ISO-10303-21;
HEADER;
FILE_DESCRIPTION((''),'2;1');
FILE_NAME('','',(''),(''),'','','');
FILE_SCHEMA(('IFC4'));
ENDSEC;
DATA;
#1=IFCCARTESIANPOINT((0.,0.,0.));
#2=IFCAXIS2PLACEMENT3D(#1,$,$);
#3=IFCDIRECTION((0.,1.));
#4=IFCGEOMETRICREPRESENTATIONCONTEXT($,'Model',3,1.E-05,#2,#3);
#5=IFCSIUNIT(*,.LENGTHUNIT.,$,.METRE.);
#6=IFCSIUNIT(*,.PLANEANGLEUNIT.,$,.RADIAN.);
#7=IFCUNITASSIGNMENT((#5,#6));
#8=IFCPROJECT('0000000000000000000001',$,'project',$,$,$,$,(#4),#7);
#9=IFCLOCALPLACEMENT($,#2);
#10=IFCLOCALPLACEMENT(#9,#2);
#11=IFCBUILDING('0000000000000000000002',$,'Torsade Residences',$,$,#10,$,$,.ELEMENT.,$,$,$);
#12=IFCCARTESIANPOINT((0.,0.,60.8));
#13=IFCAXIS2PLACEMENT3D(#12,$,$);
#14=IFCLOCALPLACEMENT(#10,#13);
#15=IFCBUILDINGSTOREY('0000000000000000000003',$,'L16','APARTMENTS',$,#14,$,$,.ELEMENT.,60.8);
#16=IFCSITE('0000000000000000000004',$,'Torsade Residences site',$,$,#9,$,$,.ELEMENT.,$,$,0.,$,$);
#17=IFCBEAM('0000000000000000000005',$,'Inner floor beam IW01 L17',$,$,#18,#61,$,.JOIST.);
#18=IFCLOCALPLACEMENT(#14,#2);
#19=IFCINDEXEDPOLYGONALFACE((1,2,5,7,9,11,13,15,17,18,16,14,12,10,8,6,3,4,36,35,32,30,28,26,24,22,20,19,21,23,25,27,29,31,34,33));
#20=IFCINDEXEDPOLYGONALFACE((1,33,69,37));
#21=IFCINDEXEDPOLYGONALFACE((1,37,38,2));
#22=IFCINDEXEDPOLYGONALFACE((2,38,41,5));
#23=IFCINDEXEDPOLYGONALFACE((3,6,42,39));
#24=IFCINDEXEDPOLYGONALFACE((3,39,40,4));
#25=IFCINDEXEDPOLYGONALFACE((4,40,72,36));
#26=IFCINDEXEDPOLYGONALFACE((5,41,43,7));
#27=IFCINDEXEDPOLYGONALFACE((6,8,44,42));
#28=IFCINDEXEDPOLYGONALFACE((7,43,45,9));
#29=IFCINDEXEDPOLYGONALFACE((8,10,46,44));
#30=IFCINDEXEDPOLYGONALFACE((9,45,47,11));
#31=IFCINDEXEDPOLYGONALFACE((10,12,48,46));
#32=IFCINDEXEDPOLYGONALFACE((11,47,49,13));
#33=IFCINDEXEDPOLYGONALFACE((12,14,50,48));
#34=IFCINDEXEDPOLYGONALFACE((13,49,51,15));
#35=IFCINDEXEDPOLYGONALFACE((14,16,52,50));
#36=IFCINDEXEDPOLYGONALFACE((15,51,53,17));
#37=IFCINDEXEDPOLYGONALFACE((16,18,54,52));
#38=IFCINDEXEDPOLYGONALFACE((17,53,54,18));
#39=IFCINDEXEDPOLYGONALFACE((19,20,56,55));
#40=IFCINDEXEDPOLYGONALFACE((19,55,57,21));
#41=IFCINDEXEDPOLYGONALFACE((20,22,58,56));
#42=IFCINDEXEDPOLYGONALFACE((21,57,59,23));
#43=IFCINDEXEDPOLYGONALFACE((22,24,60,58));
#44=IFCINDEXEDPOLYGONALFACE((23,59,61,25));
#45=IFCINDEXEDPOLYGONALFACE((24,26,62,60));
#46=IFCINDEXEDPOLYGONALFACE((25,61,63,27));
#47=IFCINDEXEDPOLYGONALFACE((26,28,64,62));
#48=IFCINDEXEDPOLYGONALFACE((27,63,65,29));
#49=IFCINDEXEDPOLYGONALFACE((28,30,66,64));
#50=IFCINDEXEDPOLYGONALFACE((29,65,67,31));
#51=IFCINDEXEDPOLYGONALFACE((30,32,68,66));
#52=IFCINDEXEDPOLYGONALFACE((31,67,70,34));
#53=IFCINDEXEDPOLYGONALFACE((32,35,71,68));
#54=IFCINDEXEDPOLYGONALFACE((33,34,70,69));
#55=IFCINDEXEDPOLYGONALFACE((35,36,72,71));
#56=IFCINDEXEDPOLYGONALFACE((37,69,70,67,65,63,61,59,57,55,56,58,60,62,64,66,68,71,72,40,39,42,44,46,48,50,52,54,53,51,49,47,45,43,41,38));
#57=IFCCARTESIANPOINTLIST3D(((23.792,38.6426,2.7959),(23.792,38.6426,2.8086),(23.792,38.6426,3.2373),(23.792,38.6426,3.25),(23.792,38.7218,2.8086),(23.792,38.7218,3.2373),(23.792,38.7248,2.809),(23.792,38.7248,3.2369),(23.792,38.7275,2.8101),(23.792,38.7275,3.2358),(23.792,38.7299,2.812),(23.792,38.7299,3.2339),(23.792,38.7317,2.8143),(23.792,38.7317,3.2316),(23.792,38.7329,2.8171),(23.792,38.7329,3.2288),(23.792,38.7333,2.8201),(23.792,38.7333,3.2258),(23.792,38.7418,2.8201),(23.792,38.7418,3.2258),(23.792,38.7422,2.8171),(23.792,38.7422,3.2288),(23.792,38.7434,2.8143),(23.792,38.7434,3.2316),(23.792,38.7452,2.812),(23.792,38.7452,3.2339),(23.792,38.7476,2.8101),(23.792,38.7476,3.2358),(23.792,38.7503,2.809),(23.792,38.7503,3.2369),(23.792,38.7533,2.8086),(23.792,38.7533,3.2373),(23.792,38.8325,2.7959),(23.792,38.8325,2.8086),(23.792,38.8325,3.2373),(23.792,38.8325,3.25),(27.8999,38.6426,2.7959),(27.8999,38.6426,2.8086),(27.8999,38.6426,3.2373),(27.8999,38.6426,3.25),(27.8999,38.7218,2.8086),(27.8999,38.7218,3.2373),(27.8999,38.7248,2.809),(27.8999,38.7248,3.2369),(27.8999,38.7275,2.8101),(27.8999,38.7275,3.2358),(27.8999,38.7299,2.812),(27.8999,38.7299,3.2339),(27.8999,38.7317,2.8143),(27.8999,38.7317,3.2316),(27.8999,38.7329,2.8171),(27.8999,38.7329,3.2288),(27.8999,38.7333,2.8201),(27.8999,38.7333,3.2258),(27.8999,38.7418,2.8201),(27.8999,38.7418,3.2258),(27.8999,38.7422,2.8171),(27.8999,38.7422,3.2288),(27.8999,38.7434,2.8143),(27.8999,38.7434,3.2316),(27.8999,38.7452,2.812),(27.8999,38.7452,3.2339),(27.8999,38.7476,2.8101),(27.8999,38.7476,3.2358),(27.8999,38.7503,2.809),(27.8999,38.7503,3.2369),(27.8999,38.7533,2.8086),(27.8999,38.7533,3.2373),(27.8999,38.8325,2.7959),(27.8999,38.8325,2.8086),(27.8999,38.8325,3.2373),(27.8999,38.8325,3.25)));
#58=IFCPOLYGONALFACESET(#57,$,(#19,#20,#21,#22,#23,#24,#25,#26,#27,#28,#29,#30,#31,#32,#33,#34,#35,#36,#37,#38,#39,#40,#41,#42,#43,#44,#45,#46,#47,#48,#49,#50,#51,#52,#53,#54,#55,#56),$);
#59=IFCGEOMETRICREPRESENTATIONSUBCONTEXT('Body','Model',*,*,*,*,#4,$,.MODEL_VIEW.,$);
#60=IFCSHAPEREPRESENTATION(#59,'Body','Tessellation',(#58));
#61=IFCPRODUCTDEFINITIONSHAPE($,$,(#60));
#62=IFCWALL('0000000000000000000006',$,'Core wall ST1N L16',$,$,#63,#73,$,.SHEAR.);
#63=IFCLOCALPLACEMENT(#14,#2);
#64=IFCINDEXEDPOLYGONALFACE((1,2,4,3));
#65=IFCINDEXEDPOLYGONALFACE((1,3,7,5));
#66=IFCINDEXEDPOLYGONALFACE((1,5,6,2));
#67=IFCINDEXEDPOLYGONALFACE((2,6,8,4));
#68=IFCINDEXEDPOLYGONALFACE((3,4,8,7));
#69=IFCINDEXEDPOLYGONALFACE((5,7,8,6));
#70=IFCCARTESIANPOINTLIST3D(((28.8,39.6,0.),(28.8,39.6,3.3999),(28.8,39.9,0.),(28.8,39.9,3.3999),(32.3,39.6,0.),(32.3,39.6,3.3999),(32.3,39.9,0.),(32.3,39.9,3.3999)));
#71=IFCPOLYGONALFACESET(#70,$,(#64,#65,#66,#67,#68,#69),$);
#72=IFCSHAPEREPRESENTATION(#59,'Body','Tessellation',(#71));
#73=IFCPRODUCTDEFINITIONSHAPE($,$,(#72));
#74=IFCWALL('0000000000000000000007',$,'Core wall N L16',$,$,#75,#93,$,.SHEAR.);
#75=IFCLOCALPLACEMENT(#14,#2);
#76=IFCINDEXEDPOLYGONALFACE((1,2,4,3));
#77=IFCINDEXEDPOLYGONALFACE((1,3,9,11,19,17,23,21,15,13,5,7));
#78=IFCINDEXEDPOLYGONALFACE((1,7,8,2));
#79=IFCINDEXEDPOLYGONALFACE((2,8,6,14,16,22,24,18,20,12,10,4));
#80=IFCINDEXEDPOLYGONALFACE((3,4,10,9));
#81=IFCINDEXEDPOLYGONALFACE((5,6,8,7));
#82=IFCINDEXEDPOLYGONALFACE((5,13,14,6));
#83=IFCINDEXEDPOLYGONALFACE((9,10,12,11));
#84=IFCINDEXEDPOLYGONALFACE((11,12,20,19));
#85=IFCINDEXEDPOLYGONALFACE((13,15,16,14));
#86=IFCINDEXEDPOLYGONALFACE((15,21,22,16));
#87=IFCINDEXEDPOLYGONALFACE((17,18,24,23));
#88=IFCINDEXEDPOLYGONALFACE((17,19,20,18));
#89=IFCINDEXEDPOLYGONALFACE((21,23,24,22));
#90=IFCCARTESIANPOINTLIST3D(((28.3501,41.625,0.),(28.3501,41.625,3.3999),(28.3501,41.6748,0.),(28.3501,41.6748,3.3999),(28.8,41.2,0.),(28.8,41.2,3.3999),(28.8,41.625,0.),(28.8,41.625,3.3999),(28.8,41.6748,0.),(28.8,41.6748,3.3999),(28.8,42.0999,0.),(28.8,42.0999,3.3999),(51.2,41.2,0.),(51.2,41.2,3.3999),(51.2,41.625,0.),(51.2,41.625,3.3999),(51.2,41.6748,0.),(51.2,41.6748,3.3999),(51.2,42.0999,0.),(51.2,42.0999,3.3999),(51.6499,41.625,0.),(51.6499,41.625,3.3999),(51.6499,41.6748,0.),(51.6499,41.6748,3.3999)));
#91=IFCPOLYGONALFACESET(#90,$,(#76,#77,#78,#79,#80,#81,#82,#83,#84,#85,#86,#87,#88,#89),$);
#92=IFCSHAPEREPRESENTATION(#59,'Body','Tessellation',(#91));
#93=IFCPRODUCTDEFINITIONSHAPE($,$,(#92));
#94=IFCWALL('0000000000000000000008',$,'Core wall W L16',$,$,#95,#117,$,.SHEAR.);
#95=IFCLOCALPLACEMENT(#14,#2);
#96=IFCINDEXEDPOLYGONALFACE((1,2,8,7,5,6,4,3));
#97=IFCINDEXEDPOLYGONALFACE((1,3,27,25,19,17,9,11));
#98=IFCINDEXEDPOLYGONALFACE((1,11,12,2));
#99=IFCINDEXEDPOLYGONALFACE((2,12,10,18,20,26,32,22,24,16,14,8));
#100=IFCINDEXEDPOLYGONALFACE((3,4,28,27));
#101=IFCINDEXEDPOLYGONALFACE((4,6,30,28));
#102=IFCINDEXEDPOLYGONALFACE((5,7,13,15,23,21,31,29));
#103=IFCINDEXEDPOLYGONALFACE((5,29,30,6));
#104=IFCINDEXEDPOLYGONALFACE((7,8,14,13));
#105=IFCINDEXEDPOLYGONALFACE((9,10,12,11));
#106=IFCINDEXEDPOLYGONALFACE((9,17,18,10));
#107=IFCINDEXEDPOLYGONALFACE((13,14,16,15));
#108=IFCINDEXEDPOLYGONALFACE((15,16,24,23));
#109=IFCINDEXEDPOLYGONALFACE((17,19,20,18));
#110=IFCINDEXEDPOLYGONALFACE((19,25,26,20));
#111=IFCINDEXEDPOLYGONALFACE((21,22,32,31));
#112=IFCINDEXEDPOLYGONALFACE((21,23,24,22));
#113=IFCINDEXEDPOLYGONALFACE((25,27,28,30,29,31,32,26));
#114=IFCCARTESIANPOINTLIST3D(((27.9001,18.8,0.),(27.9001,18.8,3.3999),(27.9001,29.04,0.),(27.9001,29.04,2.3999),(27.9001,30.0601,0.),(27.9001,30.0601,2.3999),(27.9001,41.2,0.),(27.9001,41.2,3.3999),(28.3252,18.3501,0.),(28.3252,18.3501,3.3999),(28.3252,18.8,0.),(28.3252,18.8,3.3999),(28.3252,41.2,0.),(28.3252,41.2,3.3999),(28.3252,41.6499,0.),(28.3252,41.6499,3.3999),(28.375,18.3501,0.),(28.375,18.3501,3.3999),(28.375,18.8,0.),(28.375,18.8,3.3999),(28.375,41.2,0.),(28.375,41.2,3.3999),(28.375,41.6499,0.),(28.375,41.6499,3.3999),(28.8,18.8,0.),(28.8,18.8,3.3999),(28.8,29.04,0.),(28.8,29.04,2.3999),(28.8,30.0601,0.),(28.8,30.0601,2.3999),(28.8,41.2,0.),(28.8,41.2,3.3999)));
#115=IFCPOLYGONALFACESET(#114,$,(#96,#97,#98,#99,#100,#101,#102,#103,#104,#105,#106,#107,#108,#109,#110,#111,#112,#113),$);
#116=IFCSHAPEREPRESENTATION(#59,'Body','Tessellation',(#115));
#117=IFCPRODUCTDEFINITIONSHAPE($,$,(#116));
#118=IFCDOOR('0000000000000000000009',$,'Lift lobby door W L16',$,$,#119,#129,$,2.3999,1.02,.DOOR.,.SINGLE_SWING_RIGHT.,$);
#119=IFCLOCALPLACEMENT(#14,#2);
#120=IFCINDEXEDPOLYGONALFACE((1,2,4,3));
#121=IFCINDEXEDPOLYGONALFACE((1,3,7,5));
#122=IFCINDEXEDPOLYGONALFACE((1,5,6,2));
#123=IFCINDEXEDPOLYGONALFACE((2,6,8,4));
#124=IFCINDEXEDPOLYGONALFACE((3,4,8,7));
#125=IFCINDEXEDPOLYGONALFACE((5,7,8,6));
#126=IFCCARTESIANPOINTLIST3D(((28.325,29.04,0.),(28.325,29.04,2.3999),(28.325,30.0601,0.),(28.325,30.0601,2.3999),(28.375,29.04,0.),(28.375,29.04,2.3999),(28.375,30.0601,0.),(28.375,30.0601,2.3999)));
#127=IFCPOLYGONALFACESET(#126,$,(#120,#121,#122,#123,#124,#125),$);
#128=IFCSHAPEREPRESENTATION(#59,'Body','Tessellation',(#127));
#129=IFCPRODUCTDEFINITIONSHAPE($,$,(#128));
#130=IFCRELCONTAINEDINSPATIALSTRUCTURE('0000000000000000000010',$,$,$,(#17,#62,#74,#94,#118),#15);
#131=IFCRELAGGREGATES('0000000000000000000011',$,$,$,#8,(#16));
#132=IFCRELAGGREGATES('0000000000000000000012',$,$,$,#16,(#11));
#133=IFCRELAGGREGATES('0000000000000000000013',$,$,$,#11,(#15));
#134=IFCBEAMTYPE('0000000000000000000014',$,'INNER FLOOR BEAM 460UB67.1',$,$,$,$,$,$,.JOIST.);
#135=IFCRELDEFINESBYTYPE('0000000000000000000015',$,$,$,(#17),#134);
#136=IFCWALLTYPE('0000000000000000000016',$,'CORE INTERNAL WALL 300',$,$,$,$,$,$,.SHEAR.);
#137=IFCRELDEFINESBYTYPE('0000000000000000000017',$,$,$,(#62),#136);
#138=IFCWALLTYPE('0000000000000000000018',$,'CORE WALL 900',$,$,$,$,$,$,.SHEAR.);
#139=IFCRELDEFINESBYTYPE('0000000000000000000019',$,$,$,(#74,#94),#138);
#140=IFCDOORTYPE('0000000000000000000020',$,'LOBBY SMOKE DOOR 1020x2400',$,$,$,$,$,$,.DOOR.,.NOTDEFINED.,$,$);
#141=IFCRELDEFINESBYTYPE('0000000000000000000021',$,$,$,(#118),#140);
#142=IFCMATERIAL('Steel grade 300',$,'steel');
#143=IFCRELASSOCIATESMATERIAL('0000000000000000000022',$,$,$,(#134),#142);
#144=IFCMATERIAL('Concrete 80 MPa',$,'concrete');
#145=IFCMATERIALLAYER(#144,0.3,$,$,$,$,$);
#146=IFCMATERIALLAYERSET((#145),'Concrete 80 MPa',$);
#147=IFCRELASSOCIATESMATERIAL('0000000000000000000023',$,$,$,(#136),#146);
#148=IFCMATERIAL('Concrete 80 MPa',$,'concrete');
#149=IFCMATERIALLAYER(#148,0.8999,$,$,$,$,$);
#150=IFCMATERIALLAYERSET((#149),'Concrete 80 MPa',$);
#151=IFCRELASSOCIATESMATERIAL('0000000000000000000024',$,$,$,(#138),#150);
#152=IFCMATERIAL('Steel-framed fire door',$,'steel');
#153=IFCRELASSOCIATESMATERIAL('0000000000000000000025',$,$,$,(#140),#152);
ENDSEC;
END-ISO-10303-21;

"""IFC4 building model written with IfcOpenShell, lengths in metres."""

from ifc_helpers import new_model, si_unit, direction, frame, frame_2d, origin, origin_2d, place, context, subcontext, project, spatial, polyline, rectangle, i_section, outline, extrude, material, layer, layer_set, material_profile, profile_set, type_object, element, fill, save


model = new_model("IFC4")

# Units and contexts
model_context = context("Model", 3, precision=1e-05, world=origin(), true_north=direction((0.0, 1.0)))
body_context = subcontext(model_context, "Body", "Model", "MODEL_VIEW")
ifc_project = project(units=[si_unit("LENGTHUNIT", "METRE"), si_unit("PLANEANGLEUNIT", "RADIAN")], contexts=[model_context])

# Site, building, storey
site_placement = place(None, origin())
site = spatial("IfcSite", under=ifc_project, at=site_placement, Name="Torsade Residences site", CompositionType="ELEMENT", RefElevation=0.0)
building_placement = place(site_placement, origin())
building = spatial("IfcBuilding", under=site, at=building_placement, Name="Torsade Residences", CompositionType="ELEMENT")
storey_placement = place(building_placement, frame((0.0, 0.0, 60.8)))
storey = spatial("IfcBuildingStorey", under=building, at=storey_placement, Name="L16", Description="APARTMENTS", CompositionType="ELEMENT", Elevation=60.8)

# Beam
ifc_material_1 = material(Name="Steel grade 300", Category="steel")
ifc_material_profile_1 = material_profile(ifc_material_1, i_section(OverallWidth=0.1899, OverallDepth=0.4541, WebThickness=0.0085, FlangeThickness=0.0127, FilletRadius=0.0115, at=origin_2d()), Name="460UB67.1")
ifc_profile_set_1 = profile_set([ifc_material_profile_1], Name="Steel grade 300")
beam_type = type_object("IfcBeamType", Name="INNER FLOOR BEAM 460UB67.1", PredefinedType="JOIST", material=ifc_profile_set_1)
beam_1_placement = place(storey_placement, frame((27.8999, 38.7375, 3.0229), z_axis=(-1.0, 0.0, 0.0), x_axis=(0.0, -1.0, 0.0)))
element("IfcBeam", 1, at=beam_1_placement, inside=storey, type_object=beam_type, Name="Inner floor beam IW01 L17", PredefinedType="JOIST", context=body_context, shape_type="SweptSolid", body=[
    extrude(i_section(OverallWidth=0.1899, OverallDepth=0.4541, WebThickness=0.0085, FlangeThickness=0.0127, FilletRadius=0.0115, at=origin_2d()), origin(), (0.0, 0.0, 1.0), 4.1079),
])

# Walls
ifc_material_2 = material(Name="Concrete 80 MPa", Category="concrete")
ifc_layer_1 = layer(ifc_material_2, 0.3)
ifc_layer_set_1 = layer_set([ifc_layer_1], Name="Concrete 80 MPa")
wall_type_1 = type_object("IfcWallType", Name="CORE INTERNAL WALL 300", PredefinedType="SHEAR", material=ifc_layer_set_1)
wall_1_placement = place(storey_placement, frame((28.8, 39.75, 0.0), z_axis=(0.0, 0.0, 1.0), x_axis=(1.0, 0.0, 0.0)))
element("IfcWall", 2, at=wall_1_placement, inside=storey, type_object=wall_type_1, Name="Core wall ST1N L16", PredefinedType="SHEAR", context=body_context, shape_type="SweptSolid", body=[
    extrude(rectangle(XDim=3.5, YDim=0.3, at=frame_2d((1.75, 0.0))), origin(), (0.0, 0.0, 1.0), 3.3999),
])
ifc_material_3 = material(Name="Concrete 80 MPa", Category="concrete")
ifc_layer_2 = layer(ifc_material_3, 0.8999)
ifc_layer_set_2 = layer_set([ifc_layer_2], Name="Concrete 80 MPa")
wall_type_2 = type_object("IfcWallType", Name="CORE WALL 900", PredefinedType="SHEAR", material=ifc_layer_set_2)
wall_2_placement = place(storey_placement, frame((28.8, 41.6499, 0.0), z_axis=(0.0, 0.0, 1.0), x_axis=(1.0, 0.0, 0.0)))
element("IfcWall", 3, at=wall_2_placement, inside=storey, type_object=wall_type_2, Name="Core wall N L16", PredefinedType="SHEAR", context=body_context, shape_type="SweptSolid", body=[
    extrude(outline(polyline([(0.0, -0.45), (22.3999, -0.45), (22.3999, -0.0249), (22.8499, -0.0249), (22.8499, 0.0249), (22.3999, 0.0249), (22.3999, 0.45), (0.0, 0.45), (0.0, 0.0249), (-0.45, 0.0249), (-0.45, -0.0249), (0.0, -0.0249), (0.0, -0.45)])), origin(), (0.0, 0.0, 1.0), 3.3999),
])

# Wall, opening, door
wall_3_placement = place(storey_placement, frame((28.3501, 41.2, 0.0), z_axis=(0.0, 0.0, 1.0), x_axis=(0.0, -1.0, 0.0)))
wall_3 = element("IfcWall", 4, at=wall_3_placement, inside=storey, type_object=wall_type_2, Name="Core wall W L16", PredefinedType="SHEAR", context=body_context, shape_type="SweptSolid", body=[
    extrude(outline(polyline([(0.0, -0.45), (22.3999, -0.45), (22.3999, -0.0249), (22.8499, -0.0249), (22.8499, 0.0249), (22.3999, 0.0249), (22.3999, 0.45), (0.0, 0.45), (0.0, 0.0249), (-0.45, 0.0249), (-0.45, -0.0249), (0.0, -0.0249), (0.0, -0.45)])), origin(), (0.0, 0.0, 1.0), 3.3999),
])
opening_1_placement = place(wall_3_placement, frame((11.1399, 0.0, 0.0)))
opening_1 = element("IfcOpeningElement", 5, at=opening_1_placement, cuts=wall_3, PredefinedType="OPENING", context=body_context, shape_type="SweptSolid", body=[
    extrude(rectangle(XDim=1.02, YDim=2.3999, at=frame_2d((0.51, 1.2))), frame((0.0, 0.46, 0.0), z_axis=(0.0, -1.0, 0.0), x_axis=(1.0, 0.0, 0.0)), (0.0, 0.0, 1.0), 0.9199),
])
ifc_material_4 = material(Name="Steel-framed fire door", Category="steel")
door_type_1 = type_object("IfcDoorType", Name="LOBBY SMOKE DOOR 1020x2400", OperationType="NOTDEFINED", PredefinedType="DOOR", material=ifc_material_4)
door_1_placement = place(opening_1_placement, origin())
door_1 = element("IfcDoor", 6, at=door_1_placement, inside=storey, type_object=door_type_1, Name="Lift lobby door W L16", OperationType="SINGLE_SWING_RIGHT", OverallHeight=2.3999, OverallWidth=1.02, PredefinedType="DOOR", context=body_context, shape_type="SweptSolid", body=[
    extrude(rectangle(XDim=1.02, YDim=2.3999, at=frame_2d((0.51, 1.2))), frame((0.0, 0.0249, 0.0), z_axis=(0.0, -1.0, 0.0), x_axis=(1.0, 0.0, 0.0)), (0.0, 0.0, 1.0), 0.05),
])
fill(opening_1, door_1)

save(model, "model.ifc")
